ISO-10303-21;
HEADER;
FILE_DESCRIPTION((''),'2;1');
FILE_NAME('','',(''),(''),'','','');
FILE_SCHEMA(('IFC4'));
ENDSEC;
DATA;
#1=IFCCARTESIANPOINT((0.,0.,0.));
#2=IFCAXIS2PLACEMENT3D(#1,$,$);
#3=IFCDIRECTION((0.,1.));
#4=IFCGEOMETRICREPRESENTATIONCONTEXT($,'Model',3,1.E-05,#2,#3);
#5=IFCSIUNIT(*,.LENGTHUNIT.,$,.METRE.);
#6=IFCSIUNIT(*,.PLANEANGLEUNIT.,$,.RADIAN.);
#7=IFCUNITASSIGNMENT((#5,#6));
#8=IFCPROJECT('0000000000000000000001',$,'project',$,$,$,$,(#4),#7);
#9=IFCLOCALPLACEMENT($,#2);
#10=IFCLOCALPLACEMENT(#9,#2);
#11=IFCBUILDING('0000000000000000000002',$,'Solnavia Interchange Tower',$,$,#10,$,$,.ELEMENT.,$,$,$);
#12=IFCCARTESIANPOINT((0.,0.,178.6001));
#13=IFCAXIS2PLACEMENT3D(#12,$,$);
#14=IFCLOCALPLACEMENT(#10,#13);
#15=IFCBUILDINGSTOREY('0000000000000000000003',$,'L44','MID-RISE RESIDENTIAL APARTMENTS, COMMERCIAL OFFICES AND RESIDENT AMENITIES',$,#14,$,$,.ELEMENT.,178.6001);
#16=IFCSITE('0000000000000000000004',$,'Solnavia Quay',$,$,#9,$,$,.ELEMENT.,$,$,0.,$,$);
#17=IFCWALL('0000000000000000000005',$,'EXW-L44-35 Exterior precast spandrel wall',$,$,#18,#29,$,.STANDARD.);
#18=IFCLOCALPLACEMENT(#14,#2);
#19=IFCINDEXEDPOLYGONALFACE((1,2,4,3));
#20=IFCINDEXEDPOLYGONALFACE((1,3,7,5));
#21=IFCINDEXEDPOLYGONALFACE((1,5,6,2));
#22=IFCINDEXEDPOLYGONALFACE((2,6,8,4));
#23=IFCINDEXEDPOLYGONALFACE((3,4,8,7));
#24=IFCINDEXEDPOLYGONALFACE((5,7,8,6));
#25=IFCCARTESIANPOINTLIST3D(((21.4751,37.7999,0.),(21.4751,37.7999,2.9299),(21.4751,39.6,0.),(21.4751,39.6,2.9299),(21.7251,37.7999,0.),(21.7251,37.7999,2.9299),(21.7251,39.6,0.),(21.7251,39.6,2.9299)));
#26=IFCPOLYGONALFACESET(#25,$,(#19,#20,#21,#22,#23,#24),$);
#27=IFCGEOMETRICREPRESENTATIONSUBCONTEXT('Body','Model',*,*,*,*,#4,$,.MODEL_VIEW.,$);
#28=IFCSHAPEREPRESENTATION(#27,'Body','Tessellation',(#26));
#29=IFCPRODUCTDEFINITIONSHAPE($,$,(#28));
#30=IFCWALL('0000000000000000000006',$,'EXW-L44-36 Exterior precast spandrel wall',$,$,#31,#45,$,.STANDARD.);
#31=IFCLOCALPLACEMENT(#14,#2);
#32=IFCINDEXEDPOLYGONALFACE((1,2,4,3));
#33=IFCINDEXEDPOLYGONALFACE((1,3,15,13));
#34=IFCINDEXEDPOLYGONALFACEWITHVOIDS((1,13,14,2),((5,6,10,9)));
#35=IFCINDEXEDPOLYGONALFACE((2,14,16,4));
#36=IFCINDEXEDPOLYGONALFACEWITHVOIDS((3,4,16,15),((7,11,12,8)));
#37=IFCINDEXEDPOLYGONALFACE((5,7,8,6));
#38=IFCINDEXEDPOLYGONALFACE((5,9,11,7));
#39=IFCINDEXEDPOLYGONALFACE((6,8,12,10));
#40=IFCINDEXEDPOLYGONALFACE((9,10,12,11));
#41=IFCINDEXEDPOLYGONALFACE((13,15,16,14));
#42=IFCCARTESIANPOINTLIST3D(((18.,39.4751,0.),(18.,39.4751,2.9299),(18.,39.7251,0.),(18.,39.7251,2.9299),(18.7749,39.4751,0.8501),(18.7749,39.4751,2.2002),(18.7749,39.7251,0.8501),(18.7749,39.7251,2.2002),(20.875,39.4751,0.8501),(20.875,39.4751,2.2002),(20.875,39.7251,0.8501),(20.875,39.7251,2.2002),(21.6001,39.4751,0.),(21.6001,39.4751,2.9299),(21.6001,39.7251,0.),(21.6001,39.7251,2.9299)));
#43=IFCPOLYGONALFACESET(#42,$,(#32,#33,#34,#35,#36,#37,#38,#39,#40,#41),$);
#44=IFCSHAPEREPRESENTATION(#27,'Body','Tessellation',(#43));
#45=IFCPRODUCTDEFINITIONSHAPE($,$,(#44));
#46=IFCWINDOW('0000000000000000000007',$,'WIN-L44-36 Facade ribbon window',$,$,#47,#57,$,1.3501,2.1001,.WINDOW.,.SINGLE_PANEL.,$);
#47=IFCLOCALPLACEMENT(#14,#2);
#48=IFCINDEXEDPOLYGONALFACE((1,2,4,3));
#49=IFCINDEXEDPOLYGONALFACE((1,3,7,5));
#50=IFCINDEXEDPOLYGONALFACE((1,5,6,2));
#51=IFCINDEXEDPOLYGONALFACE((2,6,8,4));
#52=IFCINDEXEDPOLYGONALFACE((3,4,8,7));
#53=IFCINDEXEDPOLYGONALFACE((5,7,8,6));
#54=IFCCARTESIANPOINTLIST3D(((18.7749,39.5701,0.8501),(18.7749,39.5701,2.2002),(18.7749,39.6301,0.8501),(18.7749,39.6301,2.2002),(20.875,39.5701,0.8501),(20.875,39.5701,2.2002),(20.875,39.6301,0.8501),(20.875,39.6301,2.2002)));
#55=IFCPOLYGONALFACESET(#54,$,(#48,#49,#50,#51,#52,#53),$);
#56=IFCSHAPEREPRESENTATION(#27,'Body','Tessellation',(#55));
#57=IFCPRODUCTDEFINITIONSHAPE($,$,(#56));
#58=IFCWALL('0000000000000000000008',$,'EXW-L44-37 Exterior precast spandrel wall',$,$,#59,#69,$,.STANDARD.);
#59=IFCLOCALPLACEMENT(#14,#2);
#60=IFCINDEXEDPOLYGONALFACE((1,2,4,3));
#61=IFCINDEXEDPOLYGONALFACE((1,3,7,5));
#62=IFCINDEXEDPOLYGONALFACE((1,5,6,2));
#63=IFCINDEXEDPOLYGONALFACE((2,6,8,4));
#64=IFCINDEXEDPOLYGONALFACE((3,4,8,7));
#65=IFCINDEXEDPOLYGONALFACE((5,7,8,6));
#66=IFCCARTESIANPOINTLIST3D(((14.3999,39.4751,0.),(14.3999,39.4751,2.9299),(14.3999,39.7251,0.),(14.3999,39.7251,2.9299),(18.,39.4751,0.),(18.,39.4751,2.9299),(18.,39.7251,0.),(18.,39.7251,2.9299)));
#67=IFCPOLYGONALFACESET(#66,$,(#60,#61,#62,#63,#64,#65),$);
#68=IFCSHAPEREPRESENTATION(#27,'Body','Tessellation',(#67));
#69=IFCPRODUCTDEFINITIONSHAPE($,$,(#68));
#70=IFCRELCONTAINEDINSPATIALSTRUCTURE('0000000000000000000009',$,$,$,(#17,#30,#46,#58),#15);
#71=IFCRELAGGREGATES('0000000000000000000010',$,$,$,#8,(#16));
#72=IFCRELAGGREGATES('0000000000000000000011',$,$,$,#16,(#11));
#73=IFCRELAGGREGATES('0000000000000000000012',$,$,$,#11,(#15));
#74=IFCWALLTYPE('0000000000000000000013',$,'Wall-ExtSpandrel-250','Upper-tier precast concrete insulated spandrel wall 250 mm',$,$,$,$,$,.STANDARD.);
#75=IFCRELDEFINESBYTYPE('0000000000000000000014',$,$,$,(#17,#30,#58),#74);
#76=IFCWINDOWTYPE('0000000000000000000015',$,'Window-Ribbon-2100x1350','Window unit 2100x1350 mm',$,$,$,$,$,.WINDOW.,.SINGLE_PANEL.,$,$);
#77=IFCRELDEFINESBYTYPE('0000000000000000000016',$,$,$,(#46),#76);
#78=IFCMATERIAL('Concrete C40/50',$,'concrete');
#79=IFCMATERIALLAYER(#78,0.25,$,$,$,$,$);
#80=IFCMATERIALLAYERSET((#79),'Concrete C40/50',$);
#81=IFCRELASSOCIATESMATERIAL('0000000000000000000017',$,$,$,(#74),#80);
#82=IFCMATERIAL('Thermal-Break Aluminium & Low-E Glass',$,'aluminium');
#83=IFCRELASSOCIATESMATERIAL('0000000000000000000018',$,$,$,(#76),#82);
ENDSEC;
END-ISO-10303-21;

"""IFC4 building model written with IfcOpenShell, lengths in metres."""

from ifc_helpers import new_model, si_unit, direction, frame, frame_2d, origin, place, context, subcontext, project, spatial, rectangle, extrude, material, layer, layer_set, type_object, element, fill, save


model = new_model("IFC4")

# Units and contexts
model_context = context("Model", 3, precision=1e-05, world=origin(), true_north=direction((0.0, 1.0)))
body_context = subcontext(model_context, "Body", "Model", "MODEL_VIEW")
ifc_project = project(units=[si_unit("LENGTHUNIT", "METRE"), si_unit("PLANEANGLEUNIT", "RADIAN")], contexts=[model_context])

# Site, building, storey
site_placement = place(None, origin())
site = spatial("IfcSite", under=ifc_project, at=site_placement, Name="Solnavia Quay", CompositionType="ELEMENT", RefElevation=0.0)
building_placement = place(site_placement, origin())
building = spatial("IfcBuilding", under=site, at=building_placement, Name="Solnavia Interchange Tower", CompositionType="ELEMENT")
storey_placement = place(building_placement, frame((0.0, 0.0, 178.6001)))
storey = spatial("IfcBuildingStorey", under=building, at=storey_placement, Name="L44", Description="MID-RISE RESIDENTIAL APARTMENTS, COMMERCIAL OFFICES AND RESIDENT AMENITIES", CompositionType="ELEMENT", Elevation=178.6001)

# Wall
ifc_material_1 = material(Name="Concrete C40/50", Category="concrete")
ifc_layer_1 = layer(ifc_material_1, 0.25)
ifc_layer_set_1 = layer_set([ifc_layer_1], Name="Concrete C40/50")
wall_type_1 = type_object("IfcWallType", Name="Wall-ExtSpandrel-250", Description="Upper-tier precast concrete insulated spandrel wall 250 mm", PredefinedType="STANDARD", material=ifc_layer_set_1)
wall_1_placement = place(storey_placement, frame((21.6001, 37.8, 0.0), z_axis=(0.0, 0.0, 1.0), x_axis=(0.0, 1.0, 0.0)))
element("IfcWall", 1, at=wall_1_placement, inside=storey, type_object=wall_type_1, Name="EXW-L44-35 Exterior precast spandrel wall", PredefinedType="STANDARD", context=body_context, shape_type="SweptSolid", body=[
    extrude(rectangle(XDim=1.8, YDim=0.25, at=frame_2d((0.8999, 0.0))), origin(), (0.0, 0.0, 1.0), 2.9299),
])

# Wall, opening, window
wall_2_placement = place(storey_placement, frame((18.0, 39.6001, 0.0), z_axis=(0.0, 0.0, 1.0), x_axis=(1.0, 0.0, 0.0)))
wall_2 = element("IfcWall", 2, at=wall_2_placement, inside=storey, type_object=wall_type_1, Name="EXW-L44-36 Exterior precast spandrel wall", PredefinedType="STANDARD", context=body_context, shape_type="SweptSolid", body=[
    extrude(rectangle(XDim=3.6001, YDim=0.25, at=frame_2d((1.8, 0.0))), origin(), (0.0, 0.0, 1.0), 2.9299),
])
opening_1_placement = place(wall_2_placement, frame((0.7749, 0.0, 0.8501)))
opening_1 = element("IfcOpeningElement", 3, at=opening_1_placement, cuts=wall_2, PredefinedType="OPENING", context=body_context, shape_type="SweptSolid", body=[
    extrude(rectangle(XDim=2.1001, YDim=1.3501, at=frame_2d((1.05, 0.675))), frame((0.0, 0.135, 0.0), z_axis=(0.0, -1.0, 0.0), x_axis=(1.0, 0.0, 0.0)), (0.0, 0.0, 1.0), 0.27),
])
ifc_material_2 = material(Name="Thermal-Break Aluminium & Low-E Glass", Category="aluminium")
window_type = type_object("IfcWindowType", Name="Window-Ribbon-2100x1350", Description="Window unit 2100x1350 mm", PartitioningType="SINGLE_PANEL", PredefinedType="WINDOW", material=ifc_material_2)
window_placement = place(opening_1_placement, origin())
window = element("IfcWindow", 4, at=window_placement, inside=storey, type_object=window_type, Name="WIN-L44-36 Facade ribbon window", OverallHeight=1.3501, OverallWidth=2.1001, PartitioningType="SINGLE_PANEL", PredefinedType="WINDOW", context=body_context, shape_type="SweptSolid", body=[
    extrude(rectangle(XDim=2.1001, YDim=1.3501, at=frame_2d((1.05, 0.675))), frame((0.0, 0.03, 0.0), z_axis=(0.0, -1.0, 0.0), x_axis=(1.0, 0.0, 0.0)), (0.0, 0.0, 1.0), 0.0601),
])
fill(opening_1, window)

# Wall
wall_3_placement = place(storey_placement, frame((14.3999, 39.6001, 0.0), z_axis=(0.0, 0.0, 1.0), x_axis=(1.0, 0.0, 0.0)))
element("IfcWall", 5, at=wall_3_placement, inside=storey, type_object=wall_type_1, Name="EXW-L44-37 Exterior precast spandrel wall", PredefinedType="STANDARD", context=body_context, shape_type="SweptSolid", body=[
    extrude(rectangle(XDim=3.6001, YDim=0.25, at=frame_2d((1.8, 0.0))), origin(), (0.0, 0.0, 1.0), 2.9299),
])

save(model, "model.ifc")
